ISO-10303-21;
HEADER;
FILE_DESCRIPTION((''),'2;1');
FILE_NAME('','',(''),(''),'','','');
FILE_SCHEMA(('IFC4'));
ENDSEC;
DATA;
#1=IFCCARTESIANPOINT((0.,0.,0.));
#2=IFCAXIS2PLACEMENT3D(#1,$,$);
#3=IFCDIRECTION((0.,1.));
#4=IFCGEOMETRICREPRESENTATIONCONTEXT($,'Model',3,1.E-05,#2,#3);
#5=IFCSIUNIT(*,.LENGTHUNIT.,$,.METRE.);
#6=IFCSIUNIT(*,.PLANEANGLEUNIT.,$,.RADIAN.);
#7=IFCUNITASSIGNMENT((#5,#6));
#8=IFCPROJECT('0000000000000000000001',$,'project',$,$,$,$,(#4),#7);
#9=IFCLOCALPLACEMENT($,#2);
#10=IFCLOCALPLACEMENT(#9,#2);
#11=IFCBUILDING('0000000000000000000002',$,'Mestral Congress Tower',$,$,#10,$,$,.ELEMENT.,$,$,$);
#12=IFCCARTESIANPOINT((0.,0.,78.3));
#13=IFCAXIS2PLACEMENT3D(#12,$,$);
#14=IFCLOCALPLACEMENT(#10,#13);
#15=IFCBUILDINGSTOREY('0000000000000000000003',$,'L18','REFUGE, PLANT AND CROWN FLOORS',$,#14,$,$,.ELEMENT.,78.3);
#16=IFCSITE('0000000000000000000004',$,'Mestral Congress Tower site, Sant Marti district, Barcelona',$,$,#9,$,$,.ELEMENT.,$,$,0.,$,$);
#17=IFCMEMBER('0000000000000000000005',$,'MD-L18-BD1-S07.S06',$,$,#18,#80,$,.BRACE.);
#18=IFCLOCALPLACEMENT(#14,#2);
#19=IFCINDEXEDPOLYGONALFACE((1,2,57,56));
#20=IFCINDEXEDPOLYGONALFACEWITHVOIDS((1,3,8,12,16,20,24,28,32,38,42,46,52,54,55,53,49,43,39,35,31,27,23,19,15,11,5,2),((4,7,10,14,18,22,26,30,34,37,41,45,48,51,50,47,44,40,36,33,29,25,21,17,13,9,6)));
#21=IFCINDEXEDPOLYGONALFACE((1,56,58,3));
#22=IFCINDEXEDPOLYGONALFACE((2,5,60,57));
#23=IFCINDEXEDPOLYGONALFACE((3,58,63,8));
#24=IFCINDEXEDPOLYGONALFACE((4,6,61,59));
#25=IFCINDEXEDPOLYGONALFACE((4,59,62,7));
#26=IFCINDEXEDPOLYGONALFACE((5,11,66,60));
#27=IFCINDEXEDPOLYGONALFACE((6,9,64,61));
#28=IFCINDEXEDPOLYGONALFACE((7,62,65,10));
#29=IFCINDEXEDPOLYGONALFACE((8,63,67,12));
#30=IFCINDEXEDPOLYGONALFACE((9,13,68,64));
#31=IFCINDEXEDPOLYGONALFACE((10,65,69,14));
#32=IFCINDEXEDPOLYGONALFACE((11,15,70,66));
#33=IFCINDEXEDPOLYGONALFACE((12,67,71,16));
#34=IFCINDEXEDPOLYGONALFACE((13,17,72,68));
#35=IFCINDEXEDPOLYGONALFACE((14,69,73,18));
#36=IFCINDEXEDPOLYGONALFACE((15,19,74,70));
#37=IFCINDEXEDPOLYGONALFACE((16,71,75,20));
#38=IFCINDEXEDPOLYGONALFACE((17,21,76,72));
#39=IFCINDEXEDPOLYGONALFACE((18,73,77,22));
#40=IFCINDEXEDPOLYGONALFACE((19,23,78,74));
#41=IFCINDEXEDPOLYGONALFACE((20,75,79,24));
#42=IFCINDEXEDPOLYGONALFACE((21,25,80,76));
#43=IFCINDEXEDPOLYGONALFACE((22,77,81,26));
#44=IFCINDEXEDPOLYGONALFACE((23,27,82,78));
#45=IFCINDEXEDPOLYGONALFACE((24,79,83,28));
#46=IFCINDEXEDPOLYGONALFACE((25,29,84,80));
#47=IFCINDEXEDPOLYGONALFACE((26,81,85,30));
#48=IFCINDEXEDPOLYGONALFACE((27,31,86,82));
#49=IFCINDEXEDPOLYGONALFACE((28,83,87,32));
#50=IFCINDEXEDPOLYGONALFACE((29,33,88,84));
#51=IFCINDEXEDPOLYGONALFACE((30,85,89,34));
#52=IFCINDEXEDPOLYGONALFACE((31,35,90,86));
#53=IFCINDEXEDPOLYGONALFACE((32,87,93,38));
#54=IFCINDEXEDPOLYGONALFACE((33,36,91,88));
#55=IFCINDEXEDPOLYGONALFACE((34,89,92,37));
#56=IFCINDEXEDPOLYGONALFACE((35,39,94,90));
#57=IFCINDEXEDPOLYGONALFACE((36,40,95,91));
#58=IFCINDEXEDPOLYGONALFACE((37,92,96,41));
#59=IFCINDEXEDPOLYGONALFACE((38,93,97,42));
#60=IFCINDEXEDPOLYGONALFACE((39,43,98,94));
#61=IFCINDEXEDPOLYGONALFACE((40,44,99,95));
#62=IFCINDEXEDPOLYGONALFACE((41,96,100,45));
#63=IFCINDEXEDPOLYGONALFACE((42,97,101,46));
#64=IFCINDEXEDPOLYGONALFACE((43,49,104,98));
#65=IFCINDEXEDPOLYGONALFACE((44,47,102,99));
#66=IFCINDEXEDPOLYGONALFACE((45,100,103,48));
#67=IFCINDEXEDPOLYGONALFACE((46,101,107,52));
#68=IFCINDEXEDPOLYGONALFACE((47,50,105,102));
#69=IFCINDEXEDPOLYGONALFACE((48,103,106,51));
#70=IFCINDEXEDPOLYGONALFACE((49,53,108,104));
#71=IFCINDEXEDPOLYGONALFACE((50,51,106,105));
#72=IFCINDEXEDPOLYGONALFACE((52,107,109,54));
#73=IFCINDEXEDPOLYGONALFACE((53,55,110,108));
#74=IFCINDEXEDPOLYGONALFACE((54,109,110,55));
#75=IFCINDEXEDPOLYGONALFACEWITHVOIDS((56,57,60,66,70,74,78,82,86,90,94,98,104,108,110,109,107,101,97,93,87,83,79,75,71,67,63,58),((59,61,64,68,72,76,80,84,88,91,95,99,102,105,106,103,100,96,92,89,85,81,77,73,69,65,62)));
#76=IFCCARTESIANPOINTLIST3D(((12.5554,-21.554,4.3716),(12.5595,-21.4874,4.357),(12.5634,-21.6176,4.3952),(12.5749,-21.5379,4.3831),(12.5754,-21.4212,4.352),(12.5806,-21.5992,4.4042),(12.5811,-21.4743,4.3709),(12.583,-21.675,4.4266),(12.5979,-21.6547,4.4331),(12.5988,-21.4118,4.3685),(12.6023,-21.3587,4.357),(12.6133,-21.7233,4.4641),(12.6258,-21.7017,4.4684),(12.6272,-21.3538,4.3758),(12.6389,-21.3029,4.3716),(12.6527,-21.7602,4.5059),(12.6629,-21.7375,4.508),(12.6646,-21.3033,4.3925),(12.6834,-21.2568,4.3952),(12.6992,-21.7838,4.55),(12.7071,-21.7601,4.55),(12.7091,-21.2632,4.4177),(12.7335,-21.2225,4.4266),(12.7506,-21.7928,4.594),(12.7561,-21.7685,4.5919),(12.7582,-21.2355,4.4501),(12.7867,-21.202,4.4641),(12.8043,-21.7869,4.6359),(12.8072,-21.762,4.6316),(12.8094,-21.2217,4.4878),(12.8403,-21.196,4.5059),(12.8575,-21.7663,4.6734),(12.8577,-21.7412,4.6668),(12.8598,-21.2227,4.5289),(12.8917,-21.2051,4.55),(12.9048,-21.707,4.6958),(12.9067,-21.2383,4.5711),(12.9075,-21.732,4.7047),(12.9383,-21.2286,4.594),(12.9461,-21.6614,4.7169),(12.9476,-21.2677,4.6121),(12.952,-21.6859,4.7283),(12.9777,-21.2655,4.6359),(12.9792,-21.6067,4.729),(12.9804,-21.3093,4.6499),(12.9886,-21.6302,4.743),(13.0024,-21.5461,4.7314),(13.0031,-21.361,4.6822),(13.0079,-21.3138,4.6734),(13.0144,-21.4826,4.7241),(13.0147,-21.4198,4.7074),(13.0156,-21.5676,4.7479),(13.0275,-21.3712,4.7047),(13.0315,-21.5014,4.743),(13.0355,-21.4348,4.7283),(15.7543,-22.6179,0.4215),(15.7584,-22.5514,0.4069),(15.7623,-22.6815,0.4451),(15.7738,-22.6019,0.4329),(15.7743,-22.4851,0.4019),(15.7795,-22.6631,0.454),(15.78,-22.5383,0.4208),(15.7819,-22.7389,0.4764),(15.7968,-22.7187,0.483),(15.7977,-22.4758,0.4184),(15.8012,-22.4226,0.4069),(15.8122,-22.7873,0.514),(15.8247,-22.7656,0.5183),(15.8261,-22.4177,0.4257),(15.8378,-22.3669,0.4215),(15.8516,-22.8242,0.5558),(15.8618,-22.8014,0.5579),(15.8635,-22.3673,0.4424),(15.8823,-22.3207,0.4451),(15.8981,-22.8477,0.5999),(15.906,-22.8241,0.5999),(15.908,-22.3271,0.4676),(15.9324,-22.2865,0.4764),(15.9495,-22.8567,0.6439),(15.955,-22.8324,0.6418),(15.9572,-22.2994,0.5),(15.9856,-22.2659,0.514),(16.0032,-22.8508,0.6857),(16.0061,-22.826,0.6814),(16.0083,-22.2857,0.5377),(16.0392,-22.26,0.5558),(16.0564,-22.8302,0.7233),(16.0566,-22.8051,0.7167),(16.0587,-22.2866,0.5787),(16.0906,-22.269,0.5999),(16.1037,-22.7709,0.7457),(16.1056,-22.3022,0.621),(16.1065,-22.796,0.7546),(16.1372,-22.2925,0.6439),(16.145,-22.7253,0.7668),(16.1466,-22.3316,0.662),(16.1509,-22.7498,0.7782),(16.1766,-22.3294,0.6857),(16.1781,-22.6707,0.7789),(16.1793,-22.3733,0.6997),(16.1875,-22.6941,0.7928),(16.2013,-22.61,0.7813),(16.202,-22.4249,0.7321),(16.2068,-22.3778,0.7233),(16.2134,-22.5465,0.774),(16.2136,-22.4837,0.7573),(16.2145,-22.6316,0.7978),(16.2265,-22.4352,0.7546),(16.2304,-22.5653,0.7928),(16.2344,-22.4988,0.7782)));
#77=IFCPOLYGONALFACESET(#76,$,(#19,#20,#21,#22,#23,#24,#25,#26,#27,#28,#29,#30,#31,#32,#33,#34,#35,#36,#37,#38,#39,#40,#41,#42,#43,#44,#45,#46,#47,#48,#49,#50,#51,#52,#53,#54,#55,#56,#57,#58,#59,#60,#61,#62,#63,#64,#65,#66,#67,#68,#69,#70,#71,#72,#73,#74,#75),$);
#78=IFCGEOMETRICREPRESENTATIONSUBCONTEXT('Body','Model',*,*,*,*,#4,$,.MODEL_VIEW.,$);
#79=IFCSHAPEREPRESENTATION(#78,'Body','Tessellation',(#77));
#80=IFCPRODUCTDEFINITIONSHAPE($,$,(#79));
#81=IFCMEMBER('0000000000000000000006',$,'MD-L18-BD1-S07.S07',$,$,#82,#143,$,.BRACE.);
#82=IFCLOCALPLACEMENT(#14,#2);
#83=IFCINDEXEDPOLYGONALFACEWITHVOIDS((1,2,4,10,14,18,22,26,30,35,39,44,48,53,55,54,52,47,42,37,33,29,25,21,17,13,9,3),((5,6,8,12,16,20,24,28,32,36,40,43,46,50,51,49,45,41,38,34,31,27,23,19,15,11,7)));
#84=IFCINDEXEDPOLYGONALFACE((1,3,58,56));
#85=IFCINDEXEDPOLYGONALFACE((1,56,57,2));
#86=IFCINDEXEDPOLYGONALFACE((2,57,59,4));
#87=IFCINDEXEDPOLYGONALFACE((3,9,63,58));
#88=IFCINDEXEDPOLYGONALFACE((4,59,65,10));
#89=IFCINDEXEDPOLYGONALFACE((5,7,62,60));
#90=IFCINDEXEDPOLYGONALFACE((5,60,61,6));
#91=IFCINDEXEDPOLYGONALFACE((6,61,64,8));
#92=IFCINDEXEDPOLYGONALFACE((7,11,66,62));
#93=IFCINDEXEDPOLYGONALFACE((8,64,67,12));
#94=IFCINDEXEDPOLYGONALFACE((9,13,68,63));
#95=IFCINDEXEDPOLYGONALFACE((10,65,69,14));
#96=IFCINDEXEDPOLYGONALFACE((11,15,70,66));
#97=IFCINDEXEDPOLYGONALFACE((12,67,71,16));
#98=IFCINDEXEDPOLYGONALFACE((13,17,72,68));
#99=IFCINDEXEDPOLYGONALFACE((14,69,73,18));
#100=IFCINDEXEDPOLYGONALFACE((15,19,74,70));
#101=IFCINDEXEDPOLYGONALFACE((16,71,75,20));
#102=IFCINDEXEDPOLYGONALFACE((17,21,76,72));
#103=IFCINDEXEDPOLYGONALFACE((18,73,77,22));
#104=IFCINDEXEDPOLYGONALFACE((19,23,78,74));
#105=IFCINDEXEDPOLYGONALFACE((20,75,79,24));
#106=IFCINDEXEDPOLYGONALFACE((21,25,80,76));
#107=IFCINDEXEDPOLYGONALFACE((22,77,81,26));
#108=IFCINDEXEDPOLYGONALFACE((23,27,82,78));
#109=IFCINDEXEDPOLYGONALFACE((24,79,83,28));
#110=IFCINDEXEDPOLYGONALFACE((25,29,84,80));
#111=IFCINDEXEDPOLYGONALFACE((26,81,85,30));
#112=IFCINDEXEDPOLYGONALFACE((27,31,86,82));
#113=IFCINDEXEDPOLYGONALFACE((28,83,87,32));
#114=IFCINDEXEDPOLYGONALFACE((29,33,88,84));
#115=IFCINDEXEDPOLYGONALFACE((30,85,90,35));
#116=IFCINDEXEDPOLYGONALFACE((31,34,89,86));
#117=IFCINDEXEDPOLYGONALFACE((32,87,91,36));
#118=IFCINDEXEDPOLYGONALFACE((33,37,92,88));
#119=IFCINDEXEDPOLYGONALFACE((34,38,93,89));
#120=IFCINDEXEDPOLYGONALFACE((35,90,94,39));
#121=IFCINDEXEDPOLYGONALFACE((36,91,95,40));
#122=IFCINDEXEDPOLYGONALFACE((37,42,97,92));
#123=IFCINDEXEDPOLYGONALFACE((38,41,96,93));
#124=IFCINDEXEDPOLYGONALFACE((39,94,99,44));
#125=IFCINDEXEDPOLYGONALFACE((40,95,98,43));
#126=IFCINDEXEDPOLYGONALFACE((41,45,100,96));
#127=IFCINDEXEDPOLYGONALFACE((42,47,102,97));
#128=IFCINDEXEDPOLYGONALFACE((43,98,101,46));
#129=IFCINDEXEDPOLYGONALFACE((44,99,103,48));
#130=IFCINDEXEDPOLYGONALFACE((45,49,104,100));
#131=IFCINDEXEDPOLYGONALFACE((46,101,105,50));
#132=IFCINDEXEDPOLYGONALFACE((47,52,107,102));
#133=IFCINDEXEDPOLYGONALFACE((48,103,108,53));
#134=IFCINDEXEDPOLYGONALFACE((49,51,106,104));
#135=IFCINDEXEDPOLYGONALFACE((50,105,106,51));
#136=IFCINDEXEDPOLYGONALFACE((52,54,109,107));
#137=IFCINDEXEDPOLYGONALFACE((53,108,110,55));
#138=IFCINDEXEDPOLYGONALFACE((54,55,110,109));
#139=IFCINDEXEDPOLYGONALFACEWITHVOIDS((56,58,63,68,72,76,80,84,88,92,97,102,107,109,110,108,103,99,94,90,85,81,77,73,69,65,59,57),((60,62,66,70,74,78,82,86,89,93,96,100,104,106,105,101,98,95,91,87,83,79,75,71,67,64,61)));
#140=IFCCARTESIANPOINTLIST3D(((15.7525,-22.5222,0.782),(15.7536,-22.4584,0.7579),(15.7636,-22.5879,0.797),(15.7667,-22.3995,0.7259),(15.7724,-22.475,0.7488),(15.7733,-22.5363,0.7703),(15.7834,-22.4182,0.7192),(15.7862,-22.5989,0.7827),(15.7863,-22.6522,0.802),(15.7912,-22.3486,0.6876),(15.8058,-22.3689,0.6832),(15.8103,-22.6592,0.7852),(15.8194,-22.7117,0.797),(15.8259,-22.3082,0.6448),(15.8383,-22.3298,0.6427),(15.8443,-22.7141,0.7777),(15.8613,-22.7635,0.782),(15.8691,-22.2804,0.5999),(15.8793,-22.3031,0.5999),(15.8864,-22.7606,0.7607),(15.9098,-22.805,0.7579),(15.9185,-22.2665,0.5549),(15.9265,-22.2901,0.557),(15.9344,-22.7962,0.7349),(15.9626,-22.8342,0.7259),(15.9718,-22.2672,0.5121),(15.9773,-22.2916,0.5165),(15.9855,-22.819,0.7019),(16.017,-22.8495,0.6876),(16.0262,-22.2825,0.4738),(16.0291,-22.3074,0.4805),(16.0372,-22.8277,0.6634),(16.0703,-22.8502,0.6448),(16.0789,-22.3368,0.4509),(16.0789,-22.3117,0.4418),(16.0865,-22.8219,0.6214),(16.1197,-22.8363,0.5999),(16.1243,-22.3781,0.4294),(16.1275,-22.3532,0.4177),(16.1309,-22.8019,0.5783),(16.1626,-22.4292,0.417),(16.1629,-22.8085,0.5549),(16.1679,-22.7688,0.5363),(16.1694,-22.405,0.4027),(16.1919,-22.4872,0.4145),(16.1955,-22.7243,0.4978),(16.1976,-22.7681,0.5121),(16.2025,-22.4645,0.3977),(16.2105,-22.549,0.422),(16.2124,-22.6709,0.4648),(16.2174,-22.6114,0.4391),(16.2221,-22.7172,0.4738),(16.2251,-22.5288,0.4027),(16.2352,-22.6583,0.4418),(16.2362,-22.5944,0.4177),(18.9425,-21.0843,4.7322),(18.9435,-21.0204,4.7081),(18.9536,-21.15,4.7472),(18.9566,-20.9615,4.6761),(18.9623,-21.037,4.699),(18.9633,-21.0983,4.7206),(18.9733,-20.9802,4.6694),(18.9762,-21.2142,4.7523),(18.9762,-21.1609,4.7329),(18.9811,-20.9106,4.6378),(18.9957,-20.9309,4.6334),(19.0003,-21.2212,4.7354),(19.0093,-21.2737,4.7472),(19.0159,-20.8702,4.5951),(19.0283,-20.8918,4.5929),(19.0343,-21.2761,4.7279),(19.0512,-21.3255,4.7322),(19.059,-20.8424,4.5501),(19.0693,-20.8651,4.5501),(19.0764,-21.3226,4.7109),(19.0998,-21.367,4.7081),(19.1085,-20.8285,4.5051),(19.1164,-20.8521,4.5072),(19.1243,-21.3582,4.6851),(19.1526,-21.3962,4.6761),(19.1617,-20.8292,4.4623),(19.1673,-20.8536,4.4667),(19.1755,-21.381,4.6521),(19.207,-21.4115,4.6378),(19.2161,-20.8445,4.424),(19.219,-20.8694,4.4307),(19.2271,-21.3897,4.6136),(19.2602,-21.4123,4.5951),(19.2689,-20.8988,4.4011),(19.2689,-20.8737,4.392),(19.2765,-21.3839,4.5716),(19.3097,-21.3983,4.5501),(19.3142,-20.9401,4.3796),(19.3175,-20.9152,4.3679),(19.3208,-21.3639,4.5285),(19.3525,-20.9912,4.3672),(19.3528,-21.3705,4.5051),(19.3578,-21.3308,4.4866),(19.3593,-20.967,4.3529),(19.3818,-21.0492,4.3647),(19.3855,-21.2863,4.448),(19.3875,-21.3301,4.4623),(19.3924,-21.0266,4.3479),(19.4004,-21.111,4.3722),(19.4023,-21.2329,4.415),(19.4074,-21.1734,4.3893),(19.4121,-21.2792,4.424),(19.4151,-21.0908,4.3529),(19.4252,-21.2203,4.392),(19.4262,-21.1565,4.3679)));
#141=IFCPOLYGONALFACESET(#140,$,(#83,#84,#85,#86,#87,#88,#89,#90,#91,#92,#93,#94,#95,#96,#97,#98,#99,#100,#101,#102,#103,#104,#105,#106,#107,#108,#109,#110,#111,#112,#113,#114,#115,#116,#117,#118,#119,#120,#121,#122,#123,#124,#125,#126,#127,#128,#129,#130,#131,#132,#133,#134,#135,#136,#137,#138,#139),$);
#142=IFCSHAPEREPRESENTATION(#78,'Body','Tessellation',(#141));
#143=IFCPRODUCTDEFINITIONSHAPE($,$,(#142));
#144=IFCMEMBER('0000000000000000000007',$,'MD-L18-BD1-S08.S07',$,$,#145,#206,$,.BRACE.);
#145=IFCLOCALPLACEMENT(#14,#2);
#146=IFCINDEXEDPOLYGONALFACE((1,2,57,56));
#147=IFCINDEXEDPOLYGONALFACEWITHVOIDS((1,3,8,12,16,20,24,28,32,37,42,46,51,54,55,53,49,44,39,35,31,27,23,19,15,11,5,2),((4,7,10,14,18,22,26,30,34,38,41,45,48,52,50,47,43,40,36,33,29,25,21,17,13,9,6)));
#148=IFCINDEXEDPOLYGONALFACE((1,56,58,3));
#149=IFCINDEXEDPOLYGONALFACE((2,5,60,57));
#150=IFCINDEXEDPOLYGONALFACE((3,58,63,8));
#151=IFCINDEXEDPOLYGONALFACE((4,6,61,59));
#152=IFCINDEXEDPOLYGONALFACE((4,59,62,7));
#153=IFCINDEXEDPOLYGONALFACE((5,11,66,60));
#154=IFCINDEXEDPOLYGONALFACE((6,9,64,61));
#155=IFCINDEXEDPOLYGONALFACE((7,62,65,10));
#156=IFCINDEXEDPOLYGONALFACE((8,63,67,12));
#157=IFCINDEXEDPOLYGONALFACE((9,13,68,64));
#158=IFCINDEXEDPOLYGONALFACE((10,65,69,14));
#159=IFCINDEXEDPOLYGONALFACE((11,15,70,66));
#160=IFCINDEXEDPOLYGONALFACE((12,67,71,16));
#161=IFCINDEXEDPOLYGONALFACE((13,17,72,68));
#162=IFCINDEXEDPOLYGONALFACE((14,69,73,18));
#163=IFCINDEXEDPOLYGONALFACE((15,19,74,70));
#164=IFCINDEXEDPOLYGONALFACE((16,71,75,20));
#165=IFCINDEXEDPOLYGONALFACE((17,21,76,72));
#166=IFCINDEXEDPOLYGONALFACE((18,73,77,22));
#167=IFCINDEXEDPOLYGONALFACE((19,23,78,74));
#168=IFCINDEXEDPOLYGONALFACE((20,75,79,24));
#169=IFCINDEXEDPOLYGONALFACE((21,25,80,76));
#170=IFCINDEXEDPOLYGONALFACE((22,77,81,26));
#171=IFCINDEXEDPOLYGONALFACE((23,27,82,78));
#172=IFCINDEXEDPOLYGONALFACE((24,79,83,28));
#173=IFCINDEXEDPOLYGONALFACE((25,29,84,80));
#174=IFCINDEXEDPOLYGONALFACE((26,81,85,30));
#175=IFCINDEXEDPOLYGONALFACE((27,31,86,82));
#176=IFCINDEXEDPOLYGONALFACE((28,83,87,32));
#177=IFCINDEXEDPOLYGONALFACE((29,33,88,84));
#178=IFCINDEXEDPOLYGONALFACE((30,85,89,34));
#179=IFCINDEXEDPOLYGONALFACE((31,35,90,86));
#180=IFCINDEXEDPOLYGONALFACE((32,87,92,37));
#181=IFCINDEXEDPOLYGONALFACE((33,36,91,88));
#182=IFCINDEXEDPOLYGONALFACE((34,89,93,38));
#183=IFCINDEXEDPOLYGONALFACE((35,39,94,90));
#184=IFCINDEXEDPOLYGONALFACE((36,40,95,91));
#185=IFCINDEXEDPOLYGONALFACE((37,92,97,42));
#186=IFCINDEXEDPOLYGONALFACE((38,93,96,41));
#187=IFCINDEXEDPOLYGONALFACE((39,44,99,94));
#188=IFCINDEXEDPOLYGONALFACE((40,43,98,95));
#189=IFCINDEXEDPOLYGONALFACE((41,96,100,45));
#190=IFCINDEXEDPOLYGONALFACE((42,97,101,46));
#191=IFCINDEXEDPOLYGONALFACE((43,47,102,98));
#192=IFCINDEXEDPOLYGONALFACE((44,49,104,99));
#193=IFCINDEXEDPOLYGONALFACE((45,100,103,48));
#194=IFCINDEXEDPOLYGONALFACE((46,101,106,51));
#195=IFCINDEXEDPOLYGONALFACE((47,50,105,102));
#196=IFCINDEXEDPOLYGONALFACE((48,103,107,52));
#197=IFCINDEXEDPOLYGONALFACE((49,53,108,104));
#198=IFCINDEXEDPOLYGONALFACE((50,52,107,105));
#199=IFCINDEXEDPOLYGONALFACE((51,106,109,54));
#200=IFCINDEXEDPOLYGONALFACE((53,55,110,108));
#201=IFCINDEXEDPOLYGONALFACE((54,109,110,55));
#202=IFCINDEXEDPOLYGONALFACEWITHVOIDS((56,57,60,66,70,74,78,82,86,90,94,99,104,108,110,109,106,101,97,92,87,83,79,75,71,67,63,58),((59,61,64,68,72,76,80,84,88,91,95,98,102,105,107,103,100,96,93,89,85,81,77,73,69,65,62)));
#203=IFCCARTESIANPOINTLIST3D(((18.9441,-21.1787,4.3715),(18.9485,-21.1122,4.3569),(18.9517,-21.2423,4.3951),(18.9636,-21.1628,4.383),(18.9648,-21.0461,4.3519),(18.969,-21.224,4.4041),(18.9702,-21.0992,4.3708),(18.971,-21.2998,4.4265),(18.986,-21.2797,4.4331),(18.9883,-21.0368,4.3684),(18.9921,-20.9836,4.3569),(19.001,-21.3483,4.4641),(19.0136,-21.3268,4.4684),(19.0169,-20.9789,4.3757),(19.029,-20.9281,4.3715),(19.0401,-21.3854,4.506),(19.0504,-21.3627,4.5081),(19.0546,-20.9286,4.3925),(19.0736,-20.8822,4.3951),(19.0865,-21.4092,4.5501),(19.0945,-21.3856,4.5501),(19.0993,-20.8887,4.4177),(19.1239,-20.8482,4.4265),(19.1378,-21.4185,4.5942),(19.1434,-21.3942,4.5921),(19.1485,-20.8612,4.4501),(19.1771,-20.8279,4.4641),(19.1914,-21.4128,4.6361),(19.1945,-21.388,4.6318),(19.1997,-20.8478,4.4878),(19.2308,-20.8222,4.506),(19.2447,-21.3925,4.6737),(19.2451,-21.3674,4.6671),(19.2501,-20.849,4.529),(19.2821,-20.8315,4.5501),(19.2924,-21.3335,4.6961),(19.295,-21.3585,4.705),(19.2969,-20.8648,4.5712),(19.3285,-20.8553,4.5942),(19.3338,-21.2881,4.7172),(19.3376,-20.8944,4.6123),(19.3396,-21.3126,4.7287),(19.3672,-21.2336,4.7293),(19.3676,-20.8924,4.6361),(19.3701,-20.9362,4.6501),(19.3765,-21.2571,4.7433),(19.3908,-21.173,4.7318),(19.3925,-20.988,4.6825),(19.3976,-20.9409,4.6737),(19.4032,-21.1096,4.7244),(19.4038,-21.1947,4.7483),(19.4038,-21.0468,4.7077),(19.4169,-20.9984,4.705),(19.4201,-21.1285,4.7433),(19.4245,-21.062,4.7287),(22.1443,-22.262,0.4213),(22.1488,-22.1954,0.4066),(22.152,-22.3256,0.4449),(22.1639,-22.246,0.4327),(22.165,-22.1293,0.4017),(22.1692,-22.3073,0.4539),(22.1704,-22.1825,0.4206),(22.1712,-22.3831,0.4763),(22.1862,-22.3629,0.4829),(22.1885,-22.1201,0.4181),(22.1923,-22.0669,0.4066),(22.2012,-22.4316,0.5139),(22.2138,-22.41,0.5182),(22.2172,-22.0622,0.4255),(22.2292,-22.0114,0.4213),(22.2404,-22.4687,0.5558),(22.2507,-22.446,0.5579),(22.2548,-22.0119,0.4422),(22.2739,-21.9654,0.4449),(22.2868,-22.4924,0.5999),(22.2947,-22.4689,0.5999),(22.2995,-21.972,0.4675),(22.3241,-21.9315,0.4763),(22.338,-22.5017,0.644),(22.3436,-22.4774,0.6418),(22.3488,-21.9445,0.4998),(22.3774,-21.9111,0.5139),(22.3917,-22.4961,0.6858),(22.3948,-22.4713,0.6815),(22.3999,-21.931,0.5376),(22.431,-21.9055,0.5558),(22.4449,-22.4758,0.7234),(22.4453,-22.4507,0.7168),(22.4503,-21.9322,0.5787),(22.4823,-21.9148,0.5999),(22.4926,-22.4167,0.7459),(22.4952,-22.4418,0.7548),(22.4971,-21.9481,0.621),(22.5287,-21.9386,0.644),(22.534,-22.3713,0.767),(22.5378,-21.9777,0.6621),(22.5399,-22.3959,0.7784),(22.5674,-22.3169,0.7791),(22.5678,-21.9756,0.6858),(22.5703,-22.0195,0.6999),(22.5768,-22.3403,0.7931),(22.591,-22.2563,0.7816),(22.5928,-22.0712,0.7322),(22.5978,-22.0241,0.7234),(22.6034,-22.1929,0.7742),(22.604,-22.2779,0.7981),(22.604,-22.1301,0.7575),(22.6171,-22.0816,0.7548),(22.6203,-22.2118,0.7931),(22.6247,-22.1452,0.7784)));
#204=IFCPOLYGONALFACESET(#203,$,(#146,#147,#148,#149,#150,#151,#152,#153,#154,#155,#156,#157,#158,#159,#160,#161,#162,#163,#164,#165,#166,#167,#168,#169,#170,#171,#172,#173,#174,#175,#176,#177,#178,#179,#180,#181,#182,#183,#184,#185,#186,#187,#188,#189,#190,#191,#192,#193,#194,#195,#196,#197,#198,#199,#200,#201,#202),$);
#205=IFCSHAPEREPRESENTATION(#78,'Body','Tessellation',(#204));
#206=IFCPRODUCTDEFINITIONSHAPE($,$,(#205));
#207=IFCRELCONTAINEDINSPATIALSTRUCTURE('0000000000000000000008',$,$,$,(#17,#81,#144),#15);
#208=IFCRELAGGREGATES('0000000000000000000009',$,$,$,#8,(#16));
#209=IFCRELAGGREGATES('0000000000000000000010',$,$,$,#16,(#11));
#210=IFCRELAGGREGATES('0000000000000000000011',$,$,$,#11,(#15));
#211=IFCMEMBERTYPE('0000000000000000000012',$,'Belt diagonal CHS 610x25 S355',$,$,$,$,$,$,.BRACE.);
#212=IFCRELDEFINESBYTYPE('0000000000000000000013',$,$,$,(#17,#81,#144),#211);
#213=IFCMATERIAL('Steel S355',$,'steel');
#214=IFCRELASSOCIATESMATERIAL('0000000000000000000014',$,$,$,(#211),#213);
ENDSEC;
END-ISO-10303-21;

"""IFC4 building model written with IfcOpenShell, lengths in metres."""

from ifc_helpers import new_model, si_unit, direction, frame, origin, origin_2d, place, context, subcontext, project, spatial, hollow_circle, extrude, material, material_profile, profile_set, type_object, element, save


model = new_model("IFC4")

# Units and contexts
model_context = context("Model", 3, precision=1e-05, world=origin(), true_north=direction((0.0, 1.0)))
body_context = subcontext(model_context, "Body", "Model", "MODEL_VIEW")
ifc_project = project(units=[si_unit("LENGTHUNIT", "METRE"), si_unit("PLANEANGLEUNIT", "RADIAN")], contexts=[model_context])

# Site, building, storey
site_placement = place(None, origin())
site = spatial("IfcSite", under=ifc_project, at=site_placement, Name="Mestral Congress Tower site, Sant Marti district, Barcelona", CompositionType="ELEMENT", RefElevation=0.0)
building_placement = place(site_placement, origin())
building = spatial("IfcBuilding", under=site, at=building_placement, Name="Mestral Congress Tower", CompositionType="ELEMENT")
storey_placement = place(building_placement, frame((0.0, 0.0, 78.3)))
storey = spatial("IfcBuildingStorey", under=building, at=storey_placement, Name="L18", Description="REFUGE, PLANT AND CROWN FLOORS", CompositionType="ELEMENT", Elevation=78.3)

# Members
ifc_material_1 = material(Name="Steel S355", Category="steel")
ifc_material_profile_1 = material_profile(ifc_material_1, hollow_circle(Radius=0.3049, WallThickness=0.0249, at=origin_2d()), Name="CHS 610x25")
ifc_profile_set_1 = profile_set([ifc_material_profile_1], Name="Steel S355")
member_type_1 = type_object("IfcMemberType", Name="Belt diagonal CHS 610x25 S355", PredefinedType="BRACE", material=ifc_profile_set_1)
member_1_placement = place(storey_placement, frame((15.9944, -22.5583, 0.5999), z_axis=(-0.615991, 0.204876, 0.760645), x_axis=(-0.315598, -0.948893, 0.0)))
element("IfcMember", 1, at=member_1_placement, inside=storey, type_object=member_type_1, Name="MD-L18-BD1-S07.S06", PredefinedType="BRACE", context=body_context, shape_type="SweptSolid", body=[
    extrude(hollow_circle(Radius=0.3049, WallThickness=0.0249, at=origin_2d()), origin(), (0.0, 0.0, 1.0), 5.1931),
])
member_2_placement = place(storey_placement, frame((15.9944, -22.5583, 0.5999), z_axis=(0.60449, 0.272497, 0.748557), x_axis=(-0.410962, 0.911652, 0.0)))
element("IfcMember", 2, at=member_2_placement, inside=storey, type_object=member_type_1, Name="MD-L18-BD1-S07.S07", PredefinedType="BRACE", context=body_context, shape_type="SweptSolid", body=[
    extrude(hollow_circle(Radius=0.3049, WallThickness=0.0249, at=origin_2d()), origin(), (0.0, 0.0, 1.0), 5.2771),
])
member_3_placement = place(storey_placement, frame((22.3845, -22.2036, 0.5999), z_axis=(-0.615664, 0.2084, 0.759952), x_axis=(-0.320625, -0.947206, 0.0)))
element("IfcMember", 3, at=member_3_placement, inside=storey, type_object=member_type_1, Name="MD-L18-BD1-S08.S07", PredefinedType="BRACE", context=body_context, shape_type="SweptSolid", body=[
    extrude(hollow_circle(Radius=0.3049, WallThickness=0.0249, at=origin_2d()), origin(), (0.0, 0.0, 1.0), 5.198),
])

save(model, "model.ifc")
